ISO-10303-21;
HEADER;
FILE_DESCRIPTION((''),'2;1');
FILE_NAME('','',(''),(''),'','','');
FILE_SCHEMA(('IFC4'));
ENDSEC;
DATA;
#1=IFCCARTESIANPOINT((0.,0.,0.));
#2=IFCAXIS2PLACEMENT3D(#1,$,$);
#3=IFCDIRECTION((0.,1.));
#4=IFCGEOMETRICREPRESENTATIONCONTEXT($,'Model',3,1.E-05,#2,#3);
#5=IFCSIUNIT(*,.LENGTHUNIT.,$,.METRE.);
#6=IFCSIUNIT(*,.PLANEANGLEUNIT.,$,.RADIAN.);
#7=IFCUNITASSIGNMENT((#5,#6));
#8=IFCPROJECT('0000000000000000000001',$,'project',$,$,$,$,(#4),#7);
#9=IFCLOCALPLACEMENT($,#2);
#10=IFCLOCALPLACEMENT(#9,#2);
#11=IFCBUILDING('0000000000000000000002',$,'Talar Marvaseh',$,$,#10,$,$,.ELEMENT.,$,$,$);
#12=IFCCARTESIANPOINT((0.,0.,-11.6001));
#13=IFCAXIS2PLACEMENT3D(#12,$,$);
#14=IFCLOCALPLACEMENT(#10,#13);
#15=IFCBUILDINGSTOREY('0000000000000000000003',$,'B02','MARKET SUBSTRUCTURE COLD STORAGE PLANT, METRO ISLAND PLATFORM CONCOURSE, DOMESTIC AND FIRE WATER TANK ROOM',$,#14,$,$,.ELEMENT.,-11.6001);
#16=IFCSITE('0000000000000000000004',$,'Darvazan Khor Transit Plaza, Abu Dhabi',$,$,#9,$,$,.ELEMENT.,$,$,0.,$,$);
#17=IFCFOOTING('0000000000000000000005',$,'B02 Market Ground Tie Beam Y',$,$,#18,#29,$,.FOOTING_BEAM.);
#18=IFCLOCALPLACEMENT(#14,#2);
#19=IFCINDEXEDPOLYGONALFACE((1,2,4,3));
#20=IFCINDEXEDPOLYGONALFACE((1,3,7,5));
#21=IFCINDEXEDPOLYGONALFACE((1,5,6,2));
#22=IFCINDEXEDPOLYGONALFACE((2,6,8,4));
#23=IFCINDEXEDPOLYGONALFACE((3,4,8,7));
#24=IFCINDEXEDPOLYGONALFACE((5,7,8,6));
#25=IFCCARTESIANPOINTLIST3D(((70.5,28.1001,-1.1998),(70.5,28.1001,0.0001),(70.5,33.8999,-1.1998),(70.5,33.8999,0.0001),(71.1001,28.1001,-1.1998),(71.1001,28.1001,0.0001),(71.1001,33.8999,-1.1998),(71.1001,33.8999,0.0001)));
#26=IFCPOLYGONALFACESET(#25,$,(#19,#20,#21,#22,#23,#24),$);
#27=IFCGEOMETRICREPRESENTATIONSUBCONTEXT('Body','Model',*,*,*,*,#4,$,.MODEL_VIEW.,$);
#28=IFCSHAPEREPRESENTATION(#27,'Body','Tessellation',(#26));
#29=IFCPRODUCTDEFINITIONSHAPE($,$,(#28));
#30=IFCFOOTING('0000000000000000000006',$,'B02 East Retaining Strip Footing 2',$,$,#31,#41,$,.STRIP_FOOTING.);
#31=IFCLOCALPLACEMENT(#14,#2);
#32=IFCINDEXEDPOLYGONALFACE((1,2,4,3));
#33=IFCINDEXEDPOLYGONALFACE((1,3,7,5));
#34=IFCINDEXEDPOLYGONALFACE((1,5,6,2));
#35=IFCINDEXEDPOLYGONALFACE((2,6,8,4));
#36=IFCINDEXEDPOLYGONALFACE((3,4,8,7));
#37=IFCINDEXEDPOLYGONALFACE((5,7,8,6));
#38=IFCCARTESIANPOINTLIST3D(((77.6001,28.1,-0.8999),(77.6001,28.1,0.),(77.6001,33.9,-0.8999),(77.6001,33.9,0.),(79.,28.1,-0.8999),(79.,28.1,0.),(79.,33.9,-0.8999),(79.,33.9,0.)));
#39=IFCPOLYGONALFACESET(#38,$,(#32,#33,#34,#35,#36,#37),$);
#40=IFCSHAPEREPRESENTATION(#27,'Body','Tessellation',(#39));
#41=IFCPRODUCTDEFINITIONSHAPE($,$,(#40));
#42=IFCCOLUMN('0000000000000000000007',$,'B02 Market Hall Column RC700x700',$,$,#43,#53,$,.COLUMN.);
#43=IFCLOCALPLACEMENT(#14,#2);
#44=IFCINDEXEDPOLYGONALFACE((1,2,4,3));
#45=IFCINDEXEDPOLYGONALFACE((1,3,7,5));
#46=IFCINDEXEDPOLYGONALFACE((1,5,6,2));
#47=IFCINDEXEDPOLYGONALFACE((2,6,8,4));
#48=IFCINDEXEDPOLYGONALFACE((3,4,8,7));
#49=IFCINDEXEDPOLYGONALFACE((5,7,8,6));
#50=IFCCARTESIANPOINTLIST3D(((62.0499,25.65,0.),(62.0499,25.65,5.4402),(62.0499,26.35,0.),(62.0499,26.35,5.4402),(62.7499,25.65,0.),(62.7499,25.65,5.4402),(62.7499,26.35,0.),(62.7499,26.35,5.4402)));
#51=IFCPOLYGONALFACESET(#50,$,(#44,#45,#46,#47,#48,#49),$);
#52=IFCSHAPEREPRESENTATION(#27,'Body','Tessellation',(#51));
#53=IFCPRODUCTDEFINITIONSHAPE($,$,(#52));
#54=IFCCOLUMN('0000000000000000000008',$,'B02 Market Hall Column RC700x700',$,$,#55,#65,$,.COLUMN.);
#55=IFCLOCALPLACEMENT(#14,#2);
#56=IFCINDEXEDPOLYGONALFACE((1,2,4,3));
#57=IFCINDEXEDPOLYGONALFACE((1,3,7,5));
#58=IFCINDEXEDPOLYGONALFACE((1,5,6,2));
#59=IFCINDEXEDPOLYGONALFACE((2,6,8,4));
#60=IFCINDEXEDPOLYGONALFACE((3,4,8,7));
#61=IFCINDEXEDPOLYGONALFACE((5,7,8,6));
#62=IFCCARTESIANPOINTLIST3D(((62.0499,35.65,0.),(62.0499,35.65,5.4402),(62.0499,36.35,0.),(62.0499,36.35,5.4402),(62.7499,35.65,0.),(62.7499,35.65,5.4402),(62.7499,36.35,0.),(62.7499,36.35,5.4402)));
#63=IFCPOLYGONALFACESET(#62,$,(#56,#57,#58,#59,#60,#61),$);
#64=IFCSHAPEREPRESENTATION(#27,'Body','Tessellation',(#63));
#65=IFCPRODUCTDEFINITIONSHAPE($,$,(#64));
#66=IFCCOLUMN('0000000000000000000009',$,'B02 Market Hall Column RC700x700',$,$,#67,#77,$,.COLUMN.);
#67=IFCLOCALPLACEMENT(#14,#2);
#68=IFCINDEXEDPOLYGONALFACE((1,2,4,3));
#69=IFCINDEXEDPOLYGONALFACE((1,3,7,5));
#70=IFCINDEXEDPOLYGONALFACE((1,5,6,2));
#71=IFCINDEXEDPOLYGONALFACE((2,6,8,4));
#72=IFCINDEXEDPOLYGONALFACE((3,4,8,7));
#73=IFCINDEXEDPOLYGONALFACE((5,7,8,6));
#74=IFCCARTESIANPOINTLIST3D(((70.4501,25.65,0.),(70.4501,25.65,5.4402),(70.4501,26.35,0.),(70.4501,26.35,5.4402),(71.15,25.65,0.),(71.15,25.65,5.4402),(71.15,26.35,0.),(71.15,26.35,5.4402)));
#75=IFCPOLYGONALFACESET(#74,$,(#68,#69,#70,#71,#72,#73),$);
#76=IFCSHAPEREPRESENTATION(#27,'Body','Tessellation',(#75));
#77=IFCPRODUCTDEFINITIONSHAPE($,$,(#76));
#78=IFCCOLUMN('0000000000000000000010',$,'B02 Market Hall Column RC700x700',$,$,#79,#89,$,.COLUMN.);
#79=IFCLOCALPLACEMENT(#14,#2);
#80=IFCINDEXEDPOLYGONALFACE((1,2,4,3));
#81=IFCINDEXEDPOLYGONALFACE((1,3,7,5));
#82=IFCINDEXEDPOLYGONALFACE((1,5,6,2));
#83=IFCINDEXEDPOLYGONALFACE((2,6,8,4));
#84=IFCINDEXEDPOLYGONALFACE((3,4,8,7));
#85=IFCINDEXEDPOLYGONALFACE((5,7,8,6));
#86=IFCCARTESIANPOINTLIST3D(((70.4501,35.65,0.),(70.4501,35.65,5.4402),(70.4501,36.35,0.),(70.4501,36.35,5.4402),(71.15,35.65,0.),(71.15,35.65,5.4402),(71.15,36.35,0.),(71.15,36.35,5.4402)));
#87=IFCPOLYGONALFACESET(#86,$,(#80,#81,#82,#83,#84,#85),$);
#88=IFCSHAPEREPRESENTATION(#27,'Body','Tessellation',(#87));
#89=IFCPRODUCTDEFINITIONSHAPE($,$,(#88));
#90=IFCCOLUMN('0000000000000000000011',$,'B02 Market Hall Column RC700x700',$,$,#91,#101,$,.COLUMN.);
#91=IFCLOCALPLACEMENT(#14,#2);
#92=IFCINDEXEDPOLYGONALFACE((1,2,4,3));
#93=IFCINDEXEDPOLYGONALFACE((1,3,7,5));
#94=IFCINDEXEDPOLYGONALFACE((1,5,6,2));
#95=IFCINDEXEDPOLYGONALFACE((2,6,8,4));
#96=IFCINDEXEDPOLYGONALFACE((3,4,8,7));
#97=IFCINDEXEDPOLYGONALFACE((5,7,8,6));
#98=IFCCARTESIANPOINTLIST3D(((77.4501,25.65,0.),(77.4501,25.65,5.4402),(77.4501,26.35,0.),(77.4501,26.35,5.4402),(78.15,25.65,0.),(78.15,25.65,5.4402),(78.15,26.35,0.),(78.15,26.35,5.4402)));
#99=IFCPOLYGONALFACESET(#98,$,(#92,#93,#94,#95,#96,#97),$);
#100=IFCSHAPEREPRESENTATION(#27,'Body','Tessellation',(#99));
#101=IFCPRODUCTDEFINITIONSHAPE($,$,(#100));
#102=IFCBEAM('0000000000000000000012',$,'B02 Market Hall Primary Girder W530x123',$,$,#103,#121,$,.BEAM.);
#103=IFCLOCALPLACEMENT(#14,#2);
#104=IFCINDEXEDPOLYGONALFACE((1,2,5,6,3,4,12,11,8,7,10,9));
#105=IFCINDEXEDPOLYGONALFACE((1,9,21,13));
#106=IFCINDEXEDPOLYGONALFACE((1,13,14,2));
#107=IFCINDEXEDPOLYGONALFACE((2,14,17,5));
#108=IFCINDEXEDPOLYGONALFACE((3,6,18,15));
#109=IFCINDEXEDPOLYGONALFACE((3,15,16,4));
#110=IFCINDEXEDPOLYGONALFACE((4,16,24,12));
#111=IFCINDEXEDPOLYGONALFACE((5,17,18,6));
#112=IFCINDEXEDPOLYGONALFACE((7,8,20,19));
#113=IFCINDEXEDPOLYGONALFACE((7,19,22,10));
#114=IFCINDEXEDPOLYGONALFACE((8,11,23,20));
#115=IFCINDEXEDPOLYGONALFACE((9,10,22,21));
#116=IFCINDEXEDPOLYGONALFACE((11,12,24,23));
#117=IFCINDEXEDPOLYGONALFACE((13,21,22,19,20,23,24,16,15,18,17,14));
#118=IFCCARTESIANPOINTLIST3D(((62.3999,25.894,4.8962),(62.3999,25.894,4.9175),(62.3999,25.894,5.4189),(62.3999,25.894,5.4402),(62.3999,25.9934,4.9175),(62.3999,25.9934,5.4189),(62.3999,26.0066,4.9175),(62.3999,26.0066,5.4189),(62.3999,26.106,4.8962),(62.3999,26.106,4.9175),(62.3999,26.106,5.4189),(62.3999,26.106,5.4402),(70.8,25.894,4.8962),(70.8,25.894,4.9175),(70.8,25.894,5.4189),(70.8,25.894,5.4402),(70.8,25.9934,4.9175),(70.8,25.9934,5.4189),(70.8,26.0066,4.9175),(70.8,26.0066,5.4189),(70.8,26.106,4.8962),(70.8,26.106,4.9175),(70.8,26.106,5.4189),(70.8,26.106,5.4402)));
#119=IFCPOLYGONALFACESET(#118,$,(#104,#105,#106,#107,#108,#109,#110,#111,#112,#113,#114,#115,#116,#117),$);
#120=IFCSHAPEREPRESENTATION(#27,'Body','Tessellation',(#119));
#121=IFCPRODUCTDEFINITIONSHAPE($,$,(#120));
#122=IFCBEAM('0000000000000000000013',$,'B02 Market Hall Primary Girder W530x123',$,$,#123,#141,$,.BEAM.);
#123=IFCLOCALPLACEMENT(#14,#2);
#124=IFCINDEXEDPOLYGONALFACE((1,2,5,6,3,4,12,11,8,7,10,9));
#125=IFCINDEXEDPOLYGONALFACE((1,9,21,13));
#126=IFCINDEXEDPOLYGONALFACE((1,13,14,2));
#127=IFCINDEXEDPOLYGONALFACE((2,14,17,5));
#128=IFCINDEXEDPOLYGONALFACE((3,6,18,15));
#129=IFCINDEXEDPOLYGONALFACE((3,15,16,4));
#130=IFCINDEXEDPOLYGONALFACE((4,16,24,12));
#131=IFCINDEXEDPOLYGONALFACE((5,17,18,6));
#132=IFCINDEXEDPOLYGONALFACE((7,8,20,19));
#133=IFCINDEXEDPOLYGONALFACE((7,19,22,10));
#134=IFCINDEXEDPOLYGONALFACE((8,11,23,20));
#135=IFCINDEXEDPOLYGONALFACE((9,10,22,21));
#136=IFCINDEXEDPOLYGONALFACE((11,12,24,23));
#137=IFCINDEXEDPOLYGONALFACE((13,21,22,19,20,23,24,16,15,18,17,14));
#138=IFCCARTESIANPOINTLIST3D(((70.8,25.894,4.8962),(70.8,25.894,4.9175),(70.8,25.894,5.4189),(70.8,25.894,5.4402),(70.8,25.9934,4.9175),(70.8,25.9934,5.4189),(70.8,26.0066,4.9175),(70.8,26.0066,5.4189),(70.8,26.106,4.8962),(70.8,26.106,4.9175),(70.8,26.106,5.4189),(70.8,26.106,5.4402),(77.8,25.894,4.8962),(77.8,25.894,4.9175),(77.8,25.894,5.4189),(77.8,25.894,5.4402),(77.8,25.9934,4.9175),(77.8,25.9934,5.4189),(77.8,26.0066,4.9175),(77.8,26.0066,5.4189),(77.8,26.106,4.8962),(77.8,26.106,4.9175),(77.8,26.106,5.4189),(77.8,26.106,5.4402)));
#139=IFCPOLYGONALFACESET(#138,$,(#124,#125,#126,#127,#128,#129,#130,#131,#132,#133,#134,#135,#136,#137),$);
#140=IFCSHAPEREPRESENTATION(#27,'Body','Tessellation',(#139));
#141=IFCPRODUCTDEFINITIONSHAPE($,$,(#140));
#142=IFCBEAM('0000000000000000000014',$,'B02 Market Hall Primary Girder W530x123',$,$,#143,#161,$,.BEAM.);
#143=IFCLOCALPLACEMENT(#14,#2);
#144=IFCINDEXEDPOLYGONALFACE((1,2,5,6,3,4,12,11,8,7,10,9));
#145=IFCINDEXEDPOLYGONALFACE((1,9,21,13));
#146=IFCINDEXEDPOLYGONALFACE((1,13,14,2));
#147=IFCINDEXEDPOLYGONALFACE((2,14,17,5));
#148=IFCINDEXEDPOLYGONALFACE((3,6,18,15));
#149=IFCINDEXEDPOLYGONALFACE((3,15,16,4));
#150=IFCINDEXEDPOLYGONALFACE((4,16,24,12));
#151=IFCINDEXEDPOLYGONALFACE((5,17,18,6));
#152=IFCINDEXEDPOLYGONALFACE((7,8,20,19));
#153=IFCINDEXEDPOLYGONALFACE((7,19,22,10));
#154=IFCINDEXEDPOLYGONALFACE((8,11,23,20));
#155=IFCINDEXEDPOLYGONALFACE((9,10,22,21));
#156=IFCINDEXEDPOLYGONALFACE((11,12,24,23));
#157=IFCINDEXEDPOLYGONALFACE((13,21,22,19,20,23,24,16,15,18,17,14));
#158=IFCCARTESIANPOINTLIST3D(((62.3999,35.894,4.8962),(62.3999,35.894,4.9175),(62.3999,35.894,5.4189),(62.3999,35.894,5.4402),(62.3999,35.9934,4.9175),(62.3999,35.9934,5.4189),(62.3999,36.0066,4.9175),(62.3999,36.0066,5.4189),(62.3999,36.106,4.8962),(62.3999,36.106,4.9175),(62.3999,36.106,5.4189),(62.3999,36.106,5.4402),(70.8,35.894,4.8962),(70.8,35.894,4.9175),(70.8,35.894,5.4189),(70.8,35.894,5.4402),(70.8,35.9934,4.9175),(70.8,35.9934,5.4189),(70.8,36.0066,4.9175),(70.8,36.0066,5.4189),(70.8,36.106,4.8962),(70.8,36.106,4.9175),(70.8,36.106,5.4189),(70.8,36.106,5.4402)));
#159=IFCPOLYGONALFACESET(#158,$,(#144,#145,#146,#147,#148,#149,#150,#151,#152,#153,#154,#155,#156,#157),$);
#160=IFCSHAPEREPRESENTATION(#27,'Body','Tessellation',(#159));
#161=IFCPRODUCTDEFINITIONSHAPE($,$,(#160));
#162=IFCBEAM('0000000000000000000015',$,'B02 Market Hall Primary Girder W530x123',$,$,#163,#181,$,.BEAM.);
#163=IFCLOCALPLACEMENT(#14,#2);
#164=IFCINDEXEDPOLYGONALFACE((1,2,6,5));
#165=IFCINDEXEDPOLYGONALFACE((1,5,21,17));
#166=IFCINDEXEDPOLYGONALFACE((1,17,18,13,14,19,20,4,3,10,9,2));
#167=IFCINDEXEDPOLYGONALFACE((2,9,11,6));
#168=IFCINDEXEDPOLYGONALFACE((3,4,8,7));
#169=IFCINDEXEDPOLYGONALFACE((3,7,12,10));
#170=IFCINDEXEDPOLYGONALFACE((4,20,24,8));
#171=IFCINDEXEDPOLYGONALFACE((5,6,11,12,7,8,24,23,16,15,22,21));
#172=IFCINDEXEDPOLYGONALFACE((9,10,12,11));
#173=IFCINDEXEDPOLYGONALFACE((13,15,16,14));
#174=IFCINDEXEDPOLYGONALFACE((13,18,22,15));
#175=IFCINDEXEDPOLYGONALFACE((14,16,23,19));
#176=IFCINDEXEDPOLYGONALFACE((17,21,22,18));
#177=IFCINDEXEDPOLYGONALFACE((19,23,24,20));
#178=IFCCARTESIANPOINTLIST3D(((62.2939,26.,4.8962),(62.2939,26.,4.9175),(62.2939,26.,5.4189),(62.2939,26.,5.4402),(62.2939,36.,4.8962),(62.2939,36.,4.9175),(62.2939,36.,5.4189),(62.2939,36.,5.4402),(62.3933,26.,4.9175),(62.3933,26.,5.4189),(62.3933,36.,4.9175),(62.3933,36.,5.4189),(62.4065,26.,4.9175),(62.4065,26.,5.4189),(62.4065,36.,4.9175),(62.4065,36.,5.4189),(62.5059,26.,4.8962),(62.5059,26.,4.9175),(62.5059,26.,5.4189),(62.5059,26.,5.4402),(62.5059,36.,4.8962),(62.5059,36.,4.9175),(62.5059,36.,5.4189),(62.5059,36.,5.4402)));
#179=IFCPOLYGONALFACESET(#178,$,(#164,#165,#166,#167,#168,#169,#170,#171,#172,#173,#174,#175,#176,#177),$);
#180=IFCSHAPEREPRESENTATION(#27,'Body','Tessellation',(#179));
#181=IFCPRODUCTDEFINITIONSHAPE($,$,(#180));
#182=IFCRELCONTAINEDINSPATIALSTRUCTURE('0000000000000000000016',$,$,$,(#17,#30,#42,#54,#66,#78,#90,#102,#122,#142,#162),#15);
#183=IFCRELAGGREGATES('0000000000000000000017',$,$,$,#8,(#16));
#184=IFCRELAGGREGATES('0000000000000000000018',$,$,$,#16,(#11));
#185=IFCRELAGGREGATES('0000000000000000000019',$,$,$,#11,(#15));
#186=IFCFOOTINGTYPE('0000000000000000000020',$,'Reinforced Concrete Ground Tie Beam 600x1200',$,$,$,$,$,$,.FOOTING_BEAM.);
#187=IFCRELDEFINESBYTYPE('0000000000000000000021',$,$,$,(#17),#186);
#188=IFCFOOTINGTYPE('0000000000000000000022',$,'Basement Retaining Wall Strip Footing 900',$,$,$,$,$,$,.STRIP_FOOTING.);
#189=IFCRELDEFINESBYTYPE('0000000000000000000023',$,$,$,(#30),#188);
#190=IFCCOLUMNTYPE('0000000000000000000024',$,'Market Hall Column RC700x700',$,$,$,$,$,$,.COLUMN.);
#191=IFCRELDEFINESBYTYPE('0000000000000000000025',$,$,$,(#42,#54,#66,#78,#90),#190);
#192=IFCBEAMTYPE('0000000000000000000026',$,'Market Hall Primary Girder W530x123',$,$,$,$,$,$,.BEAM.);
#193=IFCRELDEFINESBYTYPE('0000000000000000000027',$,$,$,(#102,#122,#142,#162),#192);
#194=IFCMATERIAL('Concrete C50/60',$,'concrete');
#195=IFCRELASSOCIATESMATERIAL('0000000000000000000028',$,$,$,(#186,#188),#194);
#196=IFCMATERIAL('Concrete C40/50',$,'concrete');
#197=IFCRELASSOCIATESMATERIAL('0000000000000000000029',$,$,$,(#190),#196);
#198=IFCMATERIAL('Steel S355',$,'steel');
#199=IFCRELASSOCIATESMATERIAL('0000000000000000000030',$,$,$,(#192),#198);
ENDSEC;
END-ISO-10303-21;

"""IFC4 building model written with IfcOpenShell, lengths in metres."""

from ifc_helpers import new_model, si_unit, direction, frame, origin, origin_2d, place, context, subcontext, project, spatial, rectangle, i_section, extrude, source, transform, mapped, material, material_profile, profile_set, type_object, type_shapes, element, save


model = new_model("IFC4")

# Units and contexts
model_context = context("Model", 3, precision=1e-05, world=origin(), true_north=direction((0.0, 1.0)))
body_context = subcontext(model_context, "Body", "Model", "MODEL_VIEW")
ifc_project = project(units=[si_unit("LENGTHUNIT", "METRE"), si_unit("PLANEANGLEUNIT", "RADIAN")], contexts=[model_context])

# Site, building, storey
site_placement = place(None, origin())
site = spatial("IfcSite", under=ifc_project, at=site_placement, Name="Darvazan Khor Transit Plaza, Abu Dhabi", CompositionType="ELEMENT", RefElevation=0.0)
building_placement = place(site_placement, origin())
building = spatial("IfcBuilding", under=site, at=building_placement, Name="Talar Marvaseh", CompositionType="ELEMENT")
storey_placement = place(building_placement, frame((0.0, 0.0, -11.6001)))
storey = spatial("IfcBuildingStorey", under=building, at=storey_placement, Name="B02", Description="MARKET SUBSTRUCTURE COLD STORAGE PLANT, METRO ISLAND PLATFORM CONCOURSE, DOMESTIC AND FIRE WATER TANK ROOM", CompositionType="ELEMENT", Elevation=-11.6001)

# Shared definitions
ifc_material_1 = material(Name="Concrete C50/60", Category="concrete")

# Footings
ifc_material_profile_1 = material_profile(ifc_material_1, rectangle(XDim=0.6001, YDim=1.2, at=origin_2d()), Name="RC600x1200")
ifc_profile_set_1 = profile_set([ifc_material_profile_1], Name="Concrete C50/60")
footing_type_1 = type_object("IfcFootingType", Name="Reinforced Concrete Ground Tie Beam 600x1200", PredefinedType="FOOTING_BEAM", material=ifc_profile_set_1)
shared_shape_1 = source(origin(), body_context, "Body", "SweptSolid", [
    extrude(rectangle(XDim=0.6001, YDim=1.2, at=origin_2d()), origin(), (0.0, 0.0, 1.0), 5.7998),
])
for number, where, z_axis, x_axis, name in (
    (1, (70.8, 28.1001, -0.5999), (0.0, 1.0, 0.0), (-1.0, 0.0, 0.0), "B02 Market Ground Tie Beam Y"),
):
    element("IfcFooting", number, at=place(storey_placement, frame(where, z_axis=z_axis, x_axis=x_axis)), inside=storey, type_object=footing_type_1, Name=name, PredefinedType="FOOTING_BEAM", context=body_context, shape_type="MappedRepresentation", body=[
        mapped(shared_shape_1, transform((0.0, 0.0, 0.0), x_axis=(1.0, 0.0, 0.0), y_axis=(0.0, 1.0, 0.0), z_axis=(0.0, 0.0, 1.0), scale=1.0)),
    ])
footing_type_2 = type_object("IfcFootingType", Name="Basement Retaining Wall Strip Footing 900", PredefinedType="STRIP_FOOTING", material=ifc_material_1)
shared_shape_2 = source(origin(), body_context, "Body", "SweptSolid", [
    extrude(rectangle(XDim=5.8, YDim=1.3999, at=origin_2d()), origin(), (0.0, 0.0, 1.0), 0.8999),
])
type_shapes(footing_type_2, [shared_shape_2])
footing_1_placement = place(storey_placement, frame((78.3, 31.0, -0.8999), z_axis=(0.0, 0.0, 1.0), x_axis=(0.0, 1.0, 0.0)))
element("IfcFooting", 2, at=footing_1_placement, inside=storey, type_object=footing_type_2, Name="B02 East Retaining Strip Footing 2", PredefinedType="STRIP_FOOTING", context=body_context, shape_type="MappedRepresentation", body=[
    mapped(shared_shape_2, transform((0.0, 0.0, 0.0), x_axis=(1.0, 0.0, 0.0), y_axis=(0.0, 1.0, 0.0), z_axis=(0.0, 0.0, 1.0), scale=1.0)),
])

# Columns
ifc_material_2 = material(Name="Concrete C40/50", Category="concrete")
ifc_material_profile_2 = material_profile(ifc_material_2, rectangle(XDim=0.7, YDim=0.7, at=origin_2d()), Name="RC700x700")
ifc_profile_set_2 = profile_set([ifc_material_profile_2], Name="Concrete C40/50")
column_type = type_object("IfcColumnType", Name="Market Hall Column RC700x700", PredefinedType="COLUMN", material=ifc_profile_set_2)
for number, where, z_axis, x_axis, name in (
    (3, (62.3999, 26.0, 0.0), (0.0, 0.0, 1.0), (1.0, 0.0, 0.0), "B02 Market Hall Column RC700x700"),
    (4, (62.3999, 36.0, 0.0), (0.0, 0.0, 1.0), (1.0, 0.0, 0.0), "B02 Market Hall Column RC700x700"),
    (5, (70.8, 26.0, 0.0), (0.0, 0.0, 1.0), (1.0, 0.0, 0.0), "B02 Market Hall Column RC700x700"),
    (6, (70.8, 36.0, 0.0), (0.0, 0.0, 1.0), (1.0, 0.0, 0.0), "B02 Market Hall Column RC700x700"),
    (7, (77.8, 26.0, 0.0), (0.0, 0.0, 1.0), (1.0, 0.0, 0.0), "B02 Market Hall Column RC700x700"),
):
    element("IfcColumn", number, at=place(storey_placement, frame(where, z_axis=z_axis, x_axis=x_axis)), inside=storey, type_object=column_type, Name=name, PredefinedType="COLUMN", context=body_context, shape_type="SweptSolid", body=[
        extrude(rectangle(XDim=0.7, YDim=0.7, at=origin_2d()), origin(), (0.0, 0.0, 1.0), 5.4402),
    ])

# Beams
ifc_material_3 = material(Name="Steel S355", Category="steel")
ifc_material_profile_3 = material_profile(ifc_material_3, i_section(OverallWidth=0.2119, OverallDepth=0.5439, WebThickness=0.0132, FlangeThickness=0.0212, at=origin_2d()), Name="W530x123")
ifc_profile_set_3 = profile_set([ifc_material_profile_3], Name="Steel S355")
beam_type_1 = type_object("IfcBeamType", Name="Market Hall Primary Girder W530x123", PredefinedType="BEAM", material=ifc_profile_set_3)
beam_1_placement = place(storey_placement, frame((62.3999, 26.0, 5.1682), z_axis=(1.0, 0.0, 0.0), x_axis=(0.0, 1.0, 0.0)))
element("IfcBeam", 8, at=beam_1_placement, inside=storey, type_object=beam_type_1, Name="B02 Market Hall Primary Girder W530x123", PredefinedType="BEAM", context=body_context, shape_type="SweptSolid", body=[
    extrude(i_section(OverallWidth=0.2119, OverallDepth=0.5439, WebThickness=0.0132, FlangeThickness=0.0212, at=origin_2d()), origin(), (0.0, 0.0, 1.0), 8.4001),
])
beam_2_placement = place(storey_placement, frame((70.8, 26.0, 5.1682), z_axis=(1.0, 0.0, 0.0), x_axis=(0.0, 1.0, 0.0)))
element("IfcBeam", 9, at=beam_2_placement, inside=storey, type_object=beam_type_1, Name="B02 Market Hall Primary Girder W530x123", PredefinedType="BEAM", context=body_context, shape_type="SweptSolid", body=[
    extrude(i_section(OverallWidth=0.2119, OverallDepth=0.5439, WebThickness=0.0132, FlangeThickness=0.0212, at=origin_2d()), origin(), (0.0, 0.0, 1.0), 7.0),
])
beam_3_placement = place(storey_placement, frame((62.3999, 36.0, 5.1682), z_axis=(1.0, 0.0, 0.0), x_axis=(0.0, 1.0, 0.0)))
element("IfcBeam", 10, at=beam_3_placement, inside=storey, type_object=beam_type_1, Name="B02 Market Hall Primary Girder W530x123", PredefinedType="BEAM", context=body_context, shape_type="SweptSolid", body=[
    extrude(i_section(OverallWidth=0.2119, OverallDepth=0.5439, WebThickness=0.0132, FlangeThickness=0.0212, at=origin_2d()), origin(), (0.0, 0.0, 1.0), 8.4001),
])
beam_4_placement = place(storey_placement, frame((62.3999, 26.0, 5.1682), z_axis=(0.0, 1.0, 0.0), x_axis=(-1.0, 0.0, 0.0)))
element("IfcBeam", 11, at=beam_4_placement, inside=storey, type_object=beam_type_1, Name="B02 Market Hall Primary Girder W530x123", PredefinedType="BEAM", context=body_context, shape_type="SweptSolid", body=[
    extrude(i_section(OverallWidth=0.2119, OverallDepth=0.5439, WebThickness=0.0132, FlangeThickness=0.0212, at=origin_2d()), origin(), (0.0, 0.0, 1.0), 10.0),
])

save(model, "model.ifc")
